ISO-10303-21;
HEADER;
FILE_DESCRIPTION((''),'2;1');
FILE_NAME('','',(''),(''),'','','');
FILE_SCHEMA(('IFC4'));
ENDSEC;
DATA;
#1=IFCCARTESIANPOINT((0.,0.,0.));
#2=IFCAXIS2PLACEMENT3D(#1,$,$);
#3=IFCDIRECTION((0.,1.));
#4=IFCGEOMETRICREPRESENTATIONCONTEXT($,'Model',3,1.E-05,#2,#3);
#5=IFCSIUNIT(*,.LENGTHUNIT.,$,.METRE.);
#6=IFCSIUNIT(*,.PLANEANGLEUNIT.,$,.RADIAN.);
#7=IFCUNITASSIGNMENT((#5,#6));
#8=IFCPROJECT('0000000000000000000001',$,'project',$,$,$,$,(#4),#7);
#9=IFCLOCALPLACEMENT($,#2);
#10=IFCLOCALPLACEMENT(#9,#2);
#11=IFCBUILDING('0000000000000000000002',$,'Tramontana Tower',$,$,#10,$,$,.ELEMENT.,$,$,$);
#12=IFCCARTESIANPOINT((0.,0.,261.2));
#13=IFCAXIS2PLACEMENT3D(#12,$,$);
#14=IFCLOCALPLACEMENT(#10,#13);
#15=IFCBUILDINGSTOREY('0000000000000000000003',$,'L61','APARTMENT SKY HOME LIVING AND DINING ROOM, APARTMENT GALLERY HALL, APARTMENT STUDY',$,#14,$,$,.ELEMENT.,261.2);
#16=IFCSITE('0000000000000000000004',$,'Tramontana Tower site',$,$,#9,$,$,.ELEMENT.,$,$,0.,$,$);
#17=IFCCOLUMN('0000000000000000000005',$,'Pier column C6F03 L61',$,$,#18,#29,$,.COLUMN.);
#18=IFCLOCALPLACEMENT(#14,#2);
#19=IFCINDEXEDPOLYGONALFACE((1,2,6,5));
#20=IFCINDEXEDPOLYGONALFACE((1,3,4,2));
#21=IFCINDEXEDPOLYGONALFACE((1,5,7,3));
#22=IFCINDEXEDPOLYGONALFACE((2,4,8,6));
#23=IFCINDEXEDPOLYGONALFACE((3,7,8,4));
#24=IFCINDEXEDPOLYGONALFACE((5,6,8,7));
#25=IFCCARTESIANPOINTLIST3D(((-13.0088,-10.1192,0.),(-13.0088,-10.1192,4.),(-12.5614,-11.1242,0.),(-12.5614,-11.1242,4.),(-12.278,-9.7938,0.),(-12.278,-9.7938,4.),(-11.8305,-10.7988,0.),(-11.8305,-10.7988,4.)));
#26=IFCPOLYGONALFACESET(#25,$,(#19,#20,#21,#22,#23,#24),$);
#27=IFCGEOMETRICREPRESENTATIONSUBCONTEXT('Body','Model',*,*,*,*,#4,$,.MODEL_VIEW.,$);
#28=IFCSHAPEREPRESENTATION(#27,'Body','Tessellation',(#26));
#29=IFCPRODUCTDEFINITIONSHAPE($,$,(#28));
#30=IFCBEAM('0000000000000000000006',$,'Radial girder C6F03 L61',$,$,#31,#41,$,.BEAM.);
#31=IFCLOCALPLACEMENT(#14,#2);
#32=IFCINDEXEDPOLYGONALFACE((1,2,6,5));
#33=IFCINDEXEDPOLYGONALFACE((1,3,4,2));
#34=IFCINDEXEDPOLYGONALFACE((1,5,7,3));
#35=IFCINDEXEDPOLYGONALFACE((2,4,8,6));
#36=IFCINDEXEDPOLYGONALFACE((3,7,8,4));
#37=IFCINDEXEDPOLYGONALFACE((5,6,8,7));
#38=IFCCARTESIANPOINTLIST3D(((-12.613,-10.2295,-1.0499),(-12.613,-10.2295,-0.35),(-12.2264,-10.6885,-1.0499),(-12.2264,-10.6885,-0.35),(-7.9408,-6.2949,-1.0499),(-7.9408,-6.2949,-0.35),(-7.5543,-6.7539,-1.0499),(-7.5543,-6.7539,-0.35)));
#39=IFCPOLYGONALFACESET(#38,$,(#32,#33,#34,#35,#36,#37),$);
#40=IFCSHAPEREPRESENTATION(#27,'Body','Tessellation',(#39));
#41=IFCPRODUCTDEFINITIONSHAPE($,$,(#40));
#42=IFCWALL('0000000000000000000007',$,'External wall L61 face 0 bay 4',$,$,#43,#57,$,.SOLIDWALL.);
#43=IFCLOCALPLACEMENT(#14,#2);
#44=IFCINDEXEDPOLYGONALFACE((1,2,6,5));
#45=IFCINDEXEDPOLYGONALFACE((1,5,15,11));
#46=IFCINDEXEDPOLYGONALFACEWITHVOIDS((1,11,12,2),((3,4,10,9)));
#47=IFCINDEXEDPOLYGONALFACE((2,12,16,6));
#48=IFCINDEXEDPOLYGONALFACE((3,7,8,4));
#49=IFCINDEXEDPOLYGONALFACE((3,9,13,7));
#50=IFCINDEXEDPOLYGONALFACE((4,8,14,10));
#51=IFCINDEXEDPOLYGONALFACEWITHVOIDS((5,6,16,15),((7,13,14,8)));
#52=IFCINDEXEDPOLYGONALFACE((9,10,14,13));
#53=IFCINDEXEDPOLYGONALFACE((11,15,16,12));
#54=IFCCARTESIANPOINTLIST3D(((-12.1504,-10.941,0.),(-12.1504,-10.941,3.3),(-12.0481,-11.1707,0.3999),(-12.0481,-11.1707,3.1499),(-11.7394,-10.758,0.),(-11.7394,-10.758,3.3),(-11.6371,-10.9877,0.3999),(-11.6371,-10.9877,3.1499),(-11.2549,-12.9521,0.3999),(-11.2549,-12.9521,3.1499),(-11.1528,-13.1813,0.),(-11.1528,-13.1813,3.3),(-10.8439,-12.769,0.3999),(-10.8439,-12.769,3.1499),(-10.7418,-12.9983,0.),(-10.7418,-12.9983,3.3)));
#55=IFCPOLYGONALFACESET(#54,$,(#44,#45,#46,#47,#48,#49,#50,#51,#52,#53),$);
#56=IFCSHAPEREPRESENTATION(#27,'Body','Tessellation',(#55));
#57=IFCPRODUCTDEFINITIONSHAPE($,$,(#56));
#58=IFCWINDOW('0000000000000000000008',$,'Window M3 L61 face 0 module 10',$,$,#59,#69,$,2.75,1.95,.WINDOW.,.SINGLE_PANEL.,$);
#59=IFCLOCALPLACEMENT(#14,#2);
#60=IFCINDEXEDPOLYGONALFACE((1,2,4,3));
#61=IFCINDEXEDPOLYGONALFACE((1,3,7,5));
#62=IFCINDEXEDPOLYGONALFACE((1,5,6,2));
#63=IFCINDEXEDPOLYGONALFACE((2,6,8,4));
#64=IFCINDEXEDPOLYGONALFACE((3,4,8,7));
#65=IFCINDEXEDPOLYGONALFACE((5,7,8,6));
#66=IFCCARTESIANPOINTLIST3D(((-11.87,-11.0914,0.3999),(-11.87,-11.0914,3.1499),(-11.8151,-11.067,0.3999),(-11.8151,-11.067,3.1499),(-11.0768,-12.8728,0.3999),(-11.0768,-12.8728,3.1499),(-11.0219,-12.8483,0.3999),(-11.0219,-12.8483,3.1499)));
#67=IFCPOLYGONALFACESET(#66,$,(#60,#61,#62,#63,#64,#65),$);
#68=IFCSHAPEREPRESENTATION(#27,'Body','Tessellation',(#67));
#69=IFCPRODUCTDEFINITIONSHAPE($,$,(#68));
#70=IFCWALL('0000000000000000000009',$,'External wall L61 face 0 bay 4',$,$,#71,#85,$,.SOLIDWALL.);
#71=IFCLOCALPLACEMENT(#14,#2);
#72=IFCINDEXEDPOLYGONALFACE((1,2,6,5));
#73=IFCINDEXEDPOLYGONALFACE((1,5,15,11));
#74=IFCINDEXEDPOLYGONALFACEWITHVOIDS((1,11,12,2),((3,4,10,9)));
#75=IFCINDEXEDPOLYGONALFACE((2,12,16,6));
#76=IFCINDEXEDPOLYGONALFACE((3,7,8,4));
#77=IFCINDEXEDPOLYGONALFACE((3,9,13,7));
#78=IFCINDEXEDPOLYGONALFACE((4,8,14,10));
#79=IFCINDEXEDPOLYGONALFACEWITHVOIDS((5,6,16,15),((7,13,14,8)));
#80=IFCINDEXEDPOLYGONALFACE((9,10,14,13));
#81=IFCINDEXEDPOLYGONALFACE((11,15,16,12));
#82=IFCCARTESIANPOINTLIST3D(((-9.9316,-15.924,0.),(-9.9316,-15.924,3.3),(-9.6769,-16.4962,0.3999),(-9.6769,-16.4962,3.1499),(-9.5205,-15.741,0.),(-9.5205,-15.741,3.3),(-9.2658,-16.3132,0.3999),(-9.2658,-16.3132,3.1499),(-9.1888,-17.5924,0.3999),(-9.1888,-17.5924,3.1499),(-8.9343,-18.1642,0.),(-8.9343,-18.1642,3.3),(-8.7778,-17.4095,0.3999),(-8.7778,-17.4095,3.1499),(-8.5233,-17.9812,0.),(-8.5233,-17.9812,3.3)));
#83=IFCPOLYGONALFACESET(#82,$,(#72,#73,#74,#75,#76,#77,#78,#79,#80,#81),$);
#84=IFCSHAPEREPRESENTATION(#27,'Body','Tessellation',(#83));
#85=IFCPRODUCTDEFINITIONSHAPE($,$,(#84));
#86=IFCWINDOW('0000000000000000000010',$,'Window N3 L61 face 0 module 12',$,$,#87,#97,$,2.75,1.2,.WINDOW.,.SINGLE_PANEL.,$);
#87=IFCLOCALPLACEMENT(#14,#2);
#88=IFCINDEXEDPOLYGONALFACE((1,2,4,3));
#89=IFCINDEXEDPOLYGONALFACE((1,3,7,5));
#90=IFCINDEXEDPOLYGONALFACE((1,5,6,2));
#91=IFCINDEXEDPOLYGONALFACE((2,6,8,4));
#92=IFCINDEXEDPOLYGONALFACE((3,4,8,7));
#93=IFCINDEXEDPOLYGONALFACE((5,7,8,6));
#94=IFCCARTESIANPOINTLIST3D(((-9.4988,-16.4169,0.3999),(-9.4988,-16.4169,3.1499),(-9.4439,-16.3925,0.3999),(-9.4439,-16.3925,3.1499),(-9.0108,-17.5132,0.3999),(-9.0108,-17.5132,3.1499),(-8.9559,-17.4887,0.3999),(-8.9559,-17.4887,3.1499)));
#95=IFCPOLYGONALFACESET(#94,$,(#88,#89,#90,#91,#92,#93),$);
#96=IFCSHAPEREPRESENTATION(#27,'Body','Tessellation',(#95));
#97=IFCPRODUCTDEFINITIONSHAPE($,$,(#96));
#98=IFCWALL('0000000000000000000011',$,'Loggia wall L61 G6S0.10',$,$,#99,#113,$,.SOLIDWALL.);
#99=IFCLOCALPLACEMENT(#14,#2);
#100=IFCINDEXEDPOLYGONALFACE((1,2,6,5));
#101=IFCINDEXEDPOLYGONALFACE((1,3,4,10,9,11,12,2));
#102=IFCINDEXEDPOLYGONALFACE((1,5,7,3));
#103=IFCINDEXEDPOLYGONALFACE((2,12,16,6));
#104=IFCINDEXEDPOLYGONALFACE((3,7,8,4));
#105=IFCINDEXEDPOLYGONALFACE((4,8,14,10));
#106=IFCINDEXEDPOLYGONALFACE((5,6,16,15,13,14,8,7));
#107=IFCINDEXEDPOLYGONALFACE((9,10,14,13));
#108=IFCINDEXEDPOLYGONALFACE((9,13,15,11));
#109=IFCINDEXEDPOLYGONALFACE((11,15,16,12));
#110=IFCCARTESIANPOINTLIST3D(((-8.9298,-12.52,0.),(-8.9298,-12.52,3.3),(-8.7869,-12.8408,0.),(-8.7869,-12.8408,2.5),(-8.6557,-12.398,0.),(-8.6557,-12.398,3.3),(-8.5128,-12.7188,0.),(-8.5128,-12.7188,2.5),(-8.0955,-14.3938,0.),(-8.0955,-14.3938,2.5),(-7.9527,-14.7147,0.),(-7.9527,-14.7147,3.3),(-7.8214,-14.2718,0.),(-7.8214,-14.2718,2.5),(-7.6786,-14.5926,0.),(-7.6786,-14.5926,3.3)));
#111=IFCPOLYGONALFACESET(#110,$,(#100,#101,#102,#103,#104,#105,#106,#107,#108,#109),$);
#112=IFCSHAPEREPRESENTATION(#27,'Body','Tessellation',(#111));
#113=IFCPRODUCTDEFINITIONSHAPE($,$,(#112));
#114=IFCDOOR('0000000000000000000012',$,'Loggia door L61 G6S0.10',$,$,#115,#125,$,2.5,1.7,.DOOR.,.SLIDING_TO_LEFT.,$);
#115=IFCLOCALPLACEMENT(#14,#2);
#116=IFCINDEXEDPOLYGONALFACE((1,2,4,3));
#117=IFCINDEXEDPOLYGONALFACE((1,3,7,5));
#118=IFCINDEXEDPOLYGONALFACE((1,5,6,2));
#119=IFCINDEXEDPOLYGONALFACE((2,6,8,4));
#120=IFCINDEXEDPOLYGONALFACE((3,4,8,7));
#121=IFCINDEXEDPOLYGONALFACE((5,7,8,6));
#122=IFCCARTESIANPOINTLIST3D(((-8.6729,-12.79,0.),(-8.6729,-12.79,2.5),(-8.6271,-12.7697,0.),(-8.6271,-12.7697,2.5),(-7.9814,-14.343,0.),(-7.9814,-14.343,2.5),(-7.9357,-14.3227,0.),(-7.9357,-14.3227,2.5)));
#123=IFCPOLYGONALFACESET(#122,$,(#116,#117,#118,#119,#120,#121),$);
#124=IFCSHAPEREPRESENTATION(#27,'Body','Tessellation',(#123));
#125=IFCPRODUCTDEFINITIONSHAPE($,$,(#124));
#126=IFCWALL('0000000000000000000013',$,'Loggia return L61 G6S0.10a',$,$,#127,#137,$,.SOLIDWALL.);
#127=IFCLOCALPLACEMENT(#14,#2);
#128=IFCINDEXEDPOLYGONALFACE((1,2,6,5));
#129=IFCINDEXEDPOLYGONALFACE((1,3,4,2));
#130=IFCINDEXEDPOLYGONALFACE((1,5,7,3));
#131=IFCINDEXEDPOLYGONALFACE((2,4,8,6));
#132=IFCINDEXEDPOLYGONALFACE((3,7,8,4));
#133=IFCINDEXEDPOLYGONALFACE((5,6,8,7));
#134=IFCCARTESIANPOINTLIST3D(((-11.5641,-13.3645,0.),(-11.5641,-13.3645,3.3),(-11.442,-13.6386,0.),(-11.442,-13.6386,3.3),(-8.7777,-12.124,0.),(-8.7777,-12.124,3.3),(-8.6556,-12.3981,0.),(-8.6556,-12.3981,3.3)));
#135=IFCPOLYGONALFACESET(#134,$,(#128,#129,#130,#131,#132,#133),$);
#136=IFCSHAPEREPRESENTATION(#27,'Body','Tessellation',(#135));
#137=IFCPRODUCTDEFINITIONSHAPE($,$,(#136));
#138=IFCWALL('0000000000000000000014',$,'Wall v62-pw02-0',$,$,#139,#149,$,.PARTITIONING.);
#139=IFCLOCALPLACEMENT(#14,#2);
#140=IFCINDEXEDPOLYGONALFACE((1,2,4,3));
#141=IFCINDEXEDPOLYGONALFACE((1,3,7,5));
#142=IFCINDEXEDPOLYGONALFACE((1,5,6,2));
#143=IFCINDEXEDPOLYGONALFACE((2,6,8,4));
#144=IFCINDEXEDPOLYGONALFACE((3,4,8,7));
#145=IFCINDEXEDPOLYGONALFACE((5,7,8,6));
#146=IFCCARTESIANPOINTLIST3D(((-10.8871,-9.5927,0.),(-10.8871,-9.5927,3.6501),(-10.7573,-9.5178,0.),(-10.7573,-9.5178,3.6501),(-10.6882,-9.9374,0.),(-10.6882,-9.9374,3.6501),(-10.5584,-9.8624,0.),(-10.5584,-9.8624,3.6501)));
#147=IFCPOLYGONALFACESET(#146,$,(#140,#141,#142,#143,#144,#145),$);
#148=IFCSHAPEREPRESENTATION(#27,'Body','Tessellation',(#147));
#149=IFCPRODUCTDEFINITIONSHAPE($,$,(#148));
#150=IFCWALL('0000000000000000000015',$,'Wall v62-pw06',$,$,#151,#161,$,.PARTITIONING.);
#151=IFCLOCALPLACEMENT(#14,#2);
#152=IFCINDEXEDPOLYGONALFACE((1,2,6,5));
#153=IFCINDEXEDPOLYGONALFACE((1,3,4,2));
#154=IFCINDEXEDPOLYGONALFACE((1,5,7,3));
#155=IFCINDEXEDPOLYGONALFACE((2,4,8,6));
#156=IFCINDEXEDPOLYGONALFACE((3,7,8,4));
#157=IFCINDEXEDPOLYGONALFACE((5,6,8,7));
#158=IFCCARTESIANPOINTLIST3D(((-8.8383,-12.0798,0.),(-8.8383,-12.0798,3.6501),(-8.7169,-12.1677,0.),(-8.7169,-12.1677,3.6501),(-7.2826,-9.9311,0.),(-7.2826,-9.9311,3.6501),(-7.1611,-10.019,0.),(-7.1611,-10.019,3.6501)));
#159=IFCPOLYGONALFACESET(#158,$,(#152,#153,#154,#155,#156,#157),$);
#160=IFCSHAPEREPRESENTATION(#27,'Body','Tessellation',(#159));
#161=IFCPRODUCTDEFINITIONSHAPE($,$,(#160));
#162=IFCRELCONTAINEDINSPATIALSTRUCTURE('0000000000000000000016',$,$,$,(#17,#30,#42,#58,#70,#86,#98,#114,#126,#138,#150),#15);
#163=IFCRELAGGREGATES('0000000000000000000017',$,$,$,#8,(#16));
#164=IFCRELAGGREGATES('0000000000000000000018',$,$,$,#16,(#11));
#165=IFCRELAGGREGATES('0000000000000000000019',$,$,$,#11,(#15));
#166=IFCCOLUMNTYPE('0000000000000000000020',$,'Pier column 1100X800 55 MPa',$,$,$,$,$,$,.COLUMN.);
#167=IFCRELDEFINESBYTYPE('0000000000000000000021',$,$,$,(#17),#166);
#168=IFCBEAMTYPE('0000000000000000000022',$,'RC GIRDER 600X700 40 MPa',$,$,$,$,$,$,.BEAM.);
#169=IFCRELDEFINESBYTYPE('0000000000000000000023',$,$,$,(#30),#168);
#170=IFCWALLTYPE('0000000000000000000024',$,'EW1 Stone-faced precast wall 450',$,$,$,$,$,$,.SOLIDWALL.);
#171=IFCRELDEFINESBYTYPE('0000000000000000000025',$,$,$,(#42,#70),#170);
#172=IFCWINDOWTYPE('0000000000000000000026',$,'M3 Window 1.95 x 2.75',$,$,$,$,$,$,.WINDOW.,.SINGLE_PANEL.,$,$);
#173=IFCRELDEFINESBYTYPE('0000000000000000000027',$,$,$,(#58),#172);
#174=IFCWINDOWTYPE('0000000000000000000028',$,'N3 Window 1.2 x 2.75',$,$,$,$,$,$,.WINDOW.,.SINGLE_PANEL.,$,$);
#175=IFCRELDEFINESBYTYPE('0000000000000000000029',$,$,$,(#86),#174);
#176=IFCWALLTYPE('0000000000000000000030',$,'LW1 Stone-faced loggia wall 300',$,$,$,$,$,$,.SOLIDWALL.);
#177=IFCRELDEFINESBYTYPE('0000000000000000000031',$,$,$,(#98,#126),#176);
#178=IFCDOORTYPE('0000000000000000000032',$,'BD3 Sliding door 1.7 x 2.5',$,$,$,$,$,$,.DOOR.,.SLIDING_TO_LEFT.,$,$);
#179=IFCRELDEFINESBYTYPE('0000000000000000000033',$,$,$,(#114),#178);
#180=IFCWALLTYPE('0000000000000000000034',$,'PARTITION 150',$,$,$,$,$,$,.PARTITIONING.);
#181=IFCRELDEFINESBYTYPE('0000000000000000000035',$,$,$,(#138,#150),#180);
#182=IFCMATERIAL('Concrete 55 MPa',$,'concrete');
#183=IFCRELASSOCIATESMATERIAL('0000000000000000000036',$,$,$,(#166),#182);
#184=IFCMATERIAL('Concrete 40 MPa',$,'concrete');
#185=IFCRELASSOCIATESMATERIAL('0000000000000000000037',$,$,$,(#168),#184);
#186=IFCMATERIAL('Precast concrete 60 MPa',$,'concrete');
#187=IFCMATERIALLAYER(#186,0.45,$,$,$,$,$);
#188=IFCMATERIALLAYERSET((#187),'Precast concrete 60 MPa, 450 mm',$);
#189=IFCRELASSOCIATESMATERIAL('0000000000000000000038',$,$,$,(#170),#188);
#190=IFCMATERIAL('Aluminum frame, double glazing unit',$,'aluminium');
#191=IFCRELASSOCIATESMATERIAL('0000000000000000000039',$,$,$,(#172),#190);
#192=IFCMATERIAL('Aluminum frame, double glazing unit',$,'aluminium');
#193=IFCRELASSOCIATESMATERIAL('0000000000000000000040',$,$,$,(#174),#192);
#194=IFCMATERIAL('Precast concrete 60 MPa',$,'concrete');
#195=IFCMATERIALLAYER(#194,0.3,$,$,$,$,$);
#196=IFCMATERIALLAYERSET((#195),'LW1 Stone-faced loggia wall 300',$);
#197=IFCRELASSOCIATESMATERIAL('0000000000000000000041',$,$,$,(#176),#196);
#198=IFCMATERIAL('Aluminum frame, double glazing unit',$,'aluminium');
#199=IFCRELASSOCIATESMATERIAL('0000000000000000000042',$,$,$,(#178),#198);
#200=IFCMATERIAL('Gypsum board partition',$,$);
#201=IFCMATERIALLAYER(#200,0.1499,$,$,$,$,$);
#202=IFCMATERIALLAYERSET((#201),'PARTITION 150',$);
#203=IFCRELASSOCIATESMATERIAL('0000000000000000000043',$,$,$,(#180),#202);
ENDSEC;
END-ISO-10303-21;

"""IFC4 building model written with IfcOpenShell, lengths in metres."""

from ifc_helpers import new_model, si_unit, direction, frame, frame_2d, origin, origin_2d, place, context, subcontext, project, spatial, rectangle, extrude, material, layer, layer_set, material_profile, profile_set, type_object, element, fill, save


model = new_model("IFC4")

# Units and contexts
model_context = context("Model", 3, precision=1e-05, world=origin(), true_north=direction((0.0, 1.0)))
body_context = subcontext(model_context, "Body", "Model", "MODEL_VIEW")
ifc_project = project(units=[si_unit("LENGTHUNIT", "METRE"), si_unit("PLANEANGLEUNIT", "RADIAN")], contexts=[model_context])

# Site, building, storey
site_placement = place(None, origin())
site = spatial("IfcSite", under=ifc_project, at=site_placement, Name="Tramontana Tower site", CompositionType="ELEMENT", RefElevation=0.0)
building_placement = place(site_placement, origin())
building = spatial("IfcBuilding", under=site, at=building_placement, Name="Tramontana Tower", CompositionType="ELEMENT")
storey_placement = place(building_placement, frame((0.0, 0.0, 261.2)))
storey = spatial("IfcBuildingStorey", under=building, at=storey_placement, Name="L61", Description="APARTMENT SKY HOME LIVING AND DINING ROOM, APARTMENT GALLERY HALL, APARTMENT STUDY", CompositionType="ELEMENT", Elevation=261.2)

# Column
ifc_material_1 = material(Name="Concrete 55 MPa", Category="concrete")
ifc_material_profile_1 = material_profile(ifc_material_1, rectangle(XDim=1.1001, YDim=0.8, at=origin_2d()), Name="Pier column 1100X800 55 MPa")
ifc_profile_set_1 = profile_set([ifc_material_profile_1], Name="Concrete 55 MPa")
column_type = type_object("IfcColumnType", Name="Pier column 1100X800 55 MPa", PredefinedType="COLUMN", material=ifc_profile_set_1)
column_placement = place(storey_placement, frame((-12.4197, -10.459, 0.0), z_axis=(0.0, 0.0, 1.0), x_axis=(0.406737, -0.913545, 0.0)))
element("IfcColumn", 1, at=column_placement, inside=storey, type_object=column_type, Name="Pier column C6F03 L61", PredefinedType="COLUMN", context=body_context, shape_type="SweptSolid", body=[
    extrude(rectangle(XDim=1.1001, YDim=0.8, at=origin_2d()), origin(), (0.0, 0.0, 1.0), 4.0),
])

# Beam
ifc_material_2 = material(Name="Concrete 40 MPa", Category="concrete")
ifc_material_profile_2 = material_profile(ifc_material_2, rectangle(XDim=0.6001, YDim=0.7, at=origin_2d()), Name="RC GIRDER 600X700 40 MPa")
ifc_profile_set_2 = profile_set([ifc_material_profile_2], Name="Concrete 40 MPa")
beam_type = type_object("IfcBeamType", Name="RC GIRDER 600X700 40 MPa", PredefinedType="BEAM", material=ifc_profile_set_2)
beam_placement = place(storey_placement, frame((-12.4197, -10.459, -0.7), z_axis=(0.764899, 0.644151, 0.0), x_axis=(-0.644151, 0.764899, 0.0)))
element("IfcBeam", 2, at=beam_placement, inside=storey, type_object=beam_type, Name="Radial girder C6F03 L61", PredefinedType="BEAM", context=body_context, shape_type="SweptSolid", body=[
    extrude(rectangle(XDim=0.6001, YDim=0.7, at=origin_2d()), origin(), (0.0, 0.0, 1.0), 6.1082),
])

# Walls, openings, windows
ifc_material_3 = material(Name="Precast concrete 60 MPa", Category="concrete")
ifc_layer_1 = layer(ifc_material_3, 0.45)
ifc_layer_set_1 = layer_set([ifc_layer_1], Name="Precast concrete 60 MPa, 450 mm")
wall_type_1 = type_object("IfcWallType", Name="EW1 Stone-faced precast wall 450", PredefinedType="SOLIDWALL", material=ifc_layer_set_1)
wall_1_placement = place(storey_placement, frame((-11.9448, -10.8496, 0.0), z_axis=(0.0, 0.0, 1.0), x_axis=(0.406785, -0.913524, 0.0)))
wall_1 = element("IfcWall", 3, at=wall_1_placement, inside=storey, type_object=wall_type_1, Name="External wall L61 face 0 bay 4", PredefinedType="SOLIDWALL", context=body_context, shape_type="SweptSolid", body=[
    extrude(rectangle(XDim=2.4524, YDim=0.45, at=frame_2d((1.2261, 0.0))), origin(), (0.0, 0.0, 1.0), 3.3),
])
opening_1_placement = place(wall_1_placement, frame((0.2512, 0.0, 0.3999)))
opening_1 = element("IfcOpeningElement", 4, at=opening_1_placement, cuts=wall_1, PredefinedType="OPENING", context=body_context, shape_type="SweptSolid", body=[
    extrude(rectangle(XDim=1.95, YDim=2.75, at=frame_2d((0.9751, 1.375))), frame((0.0, 0.2349, 0.0), z_axis=(0.0, -1.0, 0.0), x_axis=(1.0, 0.0, 0.0)), (0.0, 0.0, 1.0), 0.47),
])
ifc_material_4 = material(Name="Aluminum frame, double glazing unit", Category="aluminium")
window_type_1 = type_object("IfcWindowType", Name="M3 Window 1.95 x 2.75", PartitioningType="SINGLE_PANEL", PredefinedType="WINDOW", material=ifc_material_4)
window_1_placement = place(opening_1_placement, origin())
window_1 = element("IfcWindow", 5, at=window_1_placement, inside=storey, type_object=window_type_1, Name="Window M3 L61 face 0 module 10", OverallHeight=2.75, OverallWidth=1.95, PartitioningType="SINGLE_PANEL", PredefinedType="WINDOW", context=body_context, shape_type="SweptSolid", body=[
    extrude(rectangle(XDim=1.95, YDim=2.75, at=frame_2d((0.9751, 1.375))), frame((0.0, 0.03, 0.0), z_axis=(0.0, -1.0, 0.0), x_axis=(1.0, 0.0, 0.0)), (0.0, 0.0, 1.0), 0.0601),
])
fill(opening_1, window_1)
wall_2_placement = place(storey_placement, frame((-9.7261, -15.8325, 0.0), z_axis=(0.0, 0.0, 1.0), x_axis=(0.406702, -0.913561, 0.0)))
wall_2 = element("IfcWall", 6, at=wall_2_placement, inside=storey, type_object=wall_type_1, Name="External wall L61 face 0 bay 4", PredefinedType="SOLIDWALL", context=body_context, shape_type="SweptSolid", body=[
    extrude(rectangle(XDim=2.4521, YDim=0.45, at=frame_2d((1.2261, 0.0))), origin(), (0.0, 0.0, 1.0), 3.3),
])
opening_2_placement = place(wall_2_placement, frame((0.6262, 0.0, 0.3999)))
opening_2 = element("IfcOpeningElement", 7, at=opening_2_placement, cuts=wall_2, PredefinedType="OPENING", context=body_context, shape_type="SweptSolid", body=[
    extrude(rectangle(XDim=1.2, YDim=2.75, at=frame_2d((0.6001, 1.375))), frame((0.0, 0.2349, 0.0), z_axis=(0.0, -1.0, 0.0), x_axis=(1.0, 0.0, 0.0)), (0.0, 0.0, 1.0), 0.47),
])
ifc_material_5 = material(Name="Aluminum frame, double glazing unit", Category="aluminium")
window_type_2 = type_object("IfcWindowType", Name="N3 Window 1.2 x 2.75", PartitioningType="SINGLE_PANEL", PredefinedType="WINDOW", material=ifc_material_5)
window_2_placement = place(opening_2_placement, origin())
window_2 = element("IfcWindow", 8, at=window_2_placement, inside=storey, type_object=window_type_2, Name="Window N3 L61 face 0 module 12", OverallHeight=2.75, OverallWidth=1.2, PartitioningType="SINGLE_PANEL", PredefinedType="WINDOW", context=body_context, shape_type="SweptSolid", body=[
    extrude(rectangle(XDim=1.2, YDim=2.75, at=frame_2d((0.6001, 1.375))), frame((0.0, 0.03, 0.0), z_axis=(0.0, -1.0, 0.0), x_axis=(1.0, 0.0, 0.0)), (0.0, 0.0, 1.0), 0.0601),
])
fill(opening_2, window_2)

# Wall, opening, door
ifc_material_6 = material(Name="Precast concrete 60 MPa", Category="concrete")
ifc_layer_2 = layer(ifc_material_6, 0.3)
ifc_layer_set_2 = layer_set([ifc_layer_2], Name="LW1 Stone-faced loggia wall 300")
wall_type_2 = type_object("IfcWallType", Name="LW1 Stone-faced loggia wall 300", PredefinedType="SOLIDWALL", material=ifc_layer_set_2)
wall_3_placement = place(storey_placement, frame((-8.7927, -12.459, 0.0), z_axis=(0.0, 0.0, 1.0), x_axis=(0.406723, -0.913552, 0.0)))
wall_3 = element("IfcWall", 9, at=wall_3_placement, inside=storey, type_object=wall_type_2, Name="Loggia wall L61 G6S0.10", PredefinedType="SOLIDWALL", context=body_context, shape_type="SweptSolid", body=[
    extrude(rectangle(XDim=2.4023, YDim=0.3, at=frame_2d((1.2012, 0.0))), origin(), (0.0, 0.0, 1.0), 3.3),
])
opening_3_placement = place(wall_3_placement, frame((0.3511, 0.0, 0.0)))
opening_3 = element("IfcOpeningElement", 10, at=opening_3_placement, cuts=wall_3, PredefinedType="OPENING", context=body_context, shape_type="SweptSolid", body=[
    extrude(rectangle(XDim=1.7, YDim=2.5, at=frame_2d((0.8501, 1.25))), frame((0.0, 0.1599, 0.0), z_axis=(0.0, -1.0, 0.0), x_axis=(1.0, 0.0, 0.0)), (0.0, 0.0, 1.0), 0.3201),
])
ifc_material_7 = material(Name="Aluminum frame, double glazing unit", Category="aluminium")
door_type_1 = type_object("IfcDoorType", Name="BD3 Sliding door 1.7 x 2.5", OperationType="SLIDING_TO_LEFT", PredefinedType="DOOR", material=ifc_material_7)
door_1_placement = place(opening_3_placement, origin())
door_1 = element("IfcDoor", 11, at=door_1_placement, inside=storey, type_object=door_type_1, Name="Loggia door L61 G6S0.10", OperationType="SLIDING_TO_LEFT", OverallHeight=2.5, OverallWidth=1.7, PredefinedType="DOOR", context=body_context, shape_type="SweptSolid", body=[
    extrude(rectangle(XDim=1.7, YDim=2.5, at=frame_2d((0.8501, 1.25))), frame((0.0, 0.0249, 0.0), z_axis=(0.0, -1.0, 0.0), x_axis=(1.0, 0.0, 0.0)), (0.0, 0.0, 1.0), 0.05),
])
fill(opening_3, door_1)

# Walls
wall_4_placement = place(storey_placement, frame((-11.5029, -13.5015, 0.0), z_axis=(0.0, 0.0, 1.0), x_axis=(0.913557, 0.40671, 0.0)))
element("IfcWall", 12, at=wall_4_placement, inside=storey, type_object=wall_type_2, Name="Loggia return L61 G6S0.10a", PredefinedType="SOLIDWALL", context=body_context, shape_type="SweptSolid", body=[
    extrude(rectangle(XDim=3.05, YDim=0.3, at=frame_2d((1.5249, 0.0))), origin(), (0.0, 0.0, 1.0), 3.3),
])
ifc_material_8 = material(Name="Gypsum board partition")
ifc_layer_3 = layer(ifc_material_8, 0.1499)
ifc_layer_set_3 = layer_set([ifc_layer_3], Name="PARTITION 150")
wall_type_3 = type_object("IfcWallType", Name="PARTITION 150", PredefinedType="PARTITIONING", material=ifc_layer_set_3)
wall_5_placement = place(storey_placement, frame((-10.6233, -9.8999, 0.0), z_axis=(0.0, 0.0, 1.0), x_axis=(-0.499899, 0.866083, 0.0)))
element("IfcWall", 13, at=wall_5_placement, inside=storey, type_object=wall_type_3, Name="Wall v62-pw02-0", PredefinedType="PARTITIONING", context=body_context, shape_type="SweptSolid", body=[
    extrude(rectangle(XDim=0.3979, YDim=0.1499, at=frame_2d((0.199, 0.0))), origin(), (0.0, 0.0, 1.0), 3.6501),
])
wall_6_placement = place(storey_placement, frame((-8.7776, -12.1238, 0.0), z_axis=(0.0, 0.0, 1.0), x_axis=(0.586441, 0.809992, 0.0)))
element("IfcWall", 14, at=wall_6_placement, inside=storey, type_object=wall_type_3, Name="Wall v62-pw06", PredefinedType="PARTITIONING", context=body_context, shape_type="SweptSolid", body=[
    extrude(rectangle(XDim=2.6528, YDim=0.1499, at=frame_2d((1.3264, 0.0))), origin(), (0.0, 0.0, 1.0), 3.6501),
])

save(model, "model.ifc")
